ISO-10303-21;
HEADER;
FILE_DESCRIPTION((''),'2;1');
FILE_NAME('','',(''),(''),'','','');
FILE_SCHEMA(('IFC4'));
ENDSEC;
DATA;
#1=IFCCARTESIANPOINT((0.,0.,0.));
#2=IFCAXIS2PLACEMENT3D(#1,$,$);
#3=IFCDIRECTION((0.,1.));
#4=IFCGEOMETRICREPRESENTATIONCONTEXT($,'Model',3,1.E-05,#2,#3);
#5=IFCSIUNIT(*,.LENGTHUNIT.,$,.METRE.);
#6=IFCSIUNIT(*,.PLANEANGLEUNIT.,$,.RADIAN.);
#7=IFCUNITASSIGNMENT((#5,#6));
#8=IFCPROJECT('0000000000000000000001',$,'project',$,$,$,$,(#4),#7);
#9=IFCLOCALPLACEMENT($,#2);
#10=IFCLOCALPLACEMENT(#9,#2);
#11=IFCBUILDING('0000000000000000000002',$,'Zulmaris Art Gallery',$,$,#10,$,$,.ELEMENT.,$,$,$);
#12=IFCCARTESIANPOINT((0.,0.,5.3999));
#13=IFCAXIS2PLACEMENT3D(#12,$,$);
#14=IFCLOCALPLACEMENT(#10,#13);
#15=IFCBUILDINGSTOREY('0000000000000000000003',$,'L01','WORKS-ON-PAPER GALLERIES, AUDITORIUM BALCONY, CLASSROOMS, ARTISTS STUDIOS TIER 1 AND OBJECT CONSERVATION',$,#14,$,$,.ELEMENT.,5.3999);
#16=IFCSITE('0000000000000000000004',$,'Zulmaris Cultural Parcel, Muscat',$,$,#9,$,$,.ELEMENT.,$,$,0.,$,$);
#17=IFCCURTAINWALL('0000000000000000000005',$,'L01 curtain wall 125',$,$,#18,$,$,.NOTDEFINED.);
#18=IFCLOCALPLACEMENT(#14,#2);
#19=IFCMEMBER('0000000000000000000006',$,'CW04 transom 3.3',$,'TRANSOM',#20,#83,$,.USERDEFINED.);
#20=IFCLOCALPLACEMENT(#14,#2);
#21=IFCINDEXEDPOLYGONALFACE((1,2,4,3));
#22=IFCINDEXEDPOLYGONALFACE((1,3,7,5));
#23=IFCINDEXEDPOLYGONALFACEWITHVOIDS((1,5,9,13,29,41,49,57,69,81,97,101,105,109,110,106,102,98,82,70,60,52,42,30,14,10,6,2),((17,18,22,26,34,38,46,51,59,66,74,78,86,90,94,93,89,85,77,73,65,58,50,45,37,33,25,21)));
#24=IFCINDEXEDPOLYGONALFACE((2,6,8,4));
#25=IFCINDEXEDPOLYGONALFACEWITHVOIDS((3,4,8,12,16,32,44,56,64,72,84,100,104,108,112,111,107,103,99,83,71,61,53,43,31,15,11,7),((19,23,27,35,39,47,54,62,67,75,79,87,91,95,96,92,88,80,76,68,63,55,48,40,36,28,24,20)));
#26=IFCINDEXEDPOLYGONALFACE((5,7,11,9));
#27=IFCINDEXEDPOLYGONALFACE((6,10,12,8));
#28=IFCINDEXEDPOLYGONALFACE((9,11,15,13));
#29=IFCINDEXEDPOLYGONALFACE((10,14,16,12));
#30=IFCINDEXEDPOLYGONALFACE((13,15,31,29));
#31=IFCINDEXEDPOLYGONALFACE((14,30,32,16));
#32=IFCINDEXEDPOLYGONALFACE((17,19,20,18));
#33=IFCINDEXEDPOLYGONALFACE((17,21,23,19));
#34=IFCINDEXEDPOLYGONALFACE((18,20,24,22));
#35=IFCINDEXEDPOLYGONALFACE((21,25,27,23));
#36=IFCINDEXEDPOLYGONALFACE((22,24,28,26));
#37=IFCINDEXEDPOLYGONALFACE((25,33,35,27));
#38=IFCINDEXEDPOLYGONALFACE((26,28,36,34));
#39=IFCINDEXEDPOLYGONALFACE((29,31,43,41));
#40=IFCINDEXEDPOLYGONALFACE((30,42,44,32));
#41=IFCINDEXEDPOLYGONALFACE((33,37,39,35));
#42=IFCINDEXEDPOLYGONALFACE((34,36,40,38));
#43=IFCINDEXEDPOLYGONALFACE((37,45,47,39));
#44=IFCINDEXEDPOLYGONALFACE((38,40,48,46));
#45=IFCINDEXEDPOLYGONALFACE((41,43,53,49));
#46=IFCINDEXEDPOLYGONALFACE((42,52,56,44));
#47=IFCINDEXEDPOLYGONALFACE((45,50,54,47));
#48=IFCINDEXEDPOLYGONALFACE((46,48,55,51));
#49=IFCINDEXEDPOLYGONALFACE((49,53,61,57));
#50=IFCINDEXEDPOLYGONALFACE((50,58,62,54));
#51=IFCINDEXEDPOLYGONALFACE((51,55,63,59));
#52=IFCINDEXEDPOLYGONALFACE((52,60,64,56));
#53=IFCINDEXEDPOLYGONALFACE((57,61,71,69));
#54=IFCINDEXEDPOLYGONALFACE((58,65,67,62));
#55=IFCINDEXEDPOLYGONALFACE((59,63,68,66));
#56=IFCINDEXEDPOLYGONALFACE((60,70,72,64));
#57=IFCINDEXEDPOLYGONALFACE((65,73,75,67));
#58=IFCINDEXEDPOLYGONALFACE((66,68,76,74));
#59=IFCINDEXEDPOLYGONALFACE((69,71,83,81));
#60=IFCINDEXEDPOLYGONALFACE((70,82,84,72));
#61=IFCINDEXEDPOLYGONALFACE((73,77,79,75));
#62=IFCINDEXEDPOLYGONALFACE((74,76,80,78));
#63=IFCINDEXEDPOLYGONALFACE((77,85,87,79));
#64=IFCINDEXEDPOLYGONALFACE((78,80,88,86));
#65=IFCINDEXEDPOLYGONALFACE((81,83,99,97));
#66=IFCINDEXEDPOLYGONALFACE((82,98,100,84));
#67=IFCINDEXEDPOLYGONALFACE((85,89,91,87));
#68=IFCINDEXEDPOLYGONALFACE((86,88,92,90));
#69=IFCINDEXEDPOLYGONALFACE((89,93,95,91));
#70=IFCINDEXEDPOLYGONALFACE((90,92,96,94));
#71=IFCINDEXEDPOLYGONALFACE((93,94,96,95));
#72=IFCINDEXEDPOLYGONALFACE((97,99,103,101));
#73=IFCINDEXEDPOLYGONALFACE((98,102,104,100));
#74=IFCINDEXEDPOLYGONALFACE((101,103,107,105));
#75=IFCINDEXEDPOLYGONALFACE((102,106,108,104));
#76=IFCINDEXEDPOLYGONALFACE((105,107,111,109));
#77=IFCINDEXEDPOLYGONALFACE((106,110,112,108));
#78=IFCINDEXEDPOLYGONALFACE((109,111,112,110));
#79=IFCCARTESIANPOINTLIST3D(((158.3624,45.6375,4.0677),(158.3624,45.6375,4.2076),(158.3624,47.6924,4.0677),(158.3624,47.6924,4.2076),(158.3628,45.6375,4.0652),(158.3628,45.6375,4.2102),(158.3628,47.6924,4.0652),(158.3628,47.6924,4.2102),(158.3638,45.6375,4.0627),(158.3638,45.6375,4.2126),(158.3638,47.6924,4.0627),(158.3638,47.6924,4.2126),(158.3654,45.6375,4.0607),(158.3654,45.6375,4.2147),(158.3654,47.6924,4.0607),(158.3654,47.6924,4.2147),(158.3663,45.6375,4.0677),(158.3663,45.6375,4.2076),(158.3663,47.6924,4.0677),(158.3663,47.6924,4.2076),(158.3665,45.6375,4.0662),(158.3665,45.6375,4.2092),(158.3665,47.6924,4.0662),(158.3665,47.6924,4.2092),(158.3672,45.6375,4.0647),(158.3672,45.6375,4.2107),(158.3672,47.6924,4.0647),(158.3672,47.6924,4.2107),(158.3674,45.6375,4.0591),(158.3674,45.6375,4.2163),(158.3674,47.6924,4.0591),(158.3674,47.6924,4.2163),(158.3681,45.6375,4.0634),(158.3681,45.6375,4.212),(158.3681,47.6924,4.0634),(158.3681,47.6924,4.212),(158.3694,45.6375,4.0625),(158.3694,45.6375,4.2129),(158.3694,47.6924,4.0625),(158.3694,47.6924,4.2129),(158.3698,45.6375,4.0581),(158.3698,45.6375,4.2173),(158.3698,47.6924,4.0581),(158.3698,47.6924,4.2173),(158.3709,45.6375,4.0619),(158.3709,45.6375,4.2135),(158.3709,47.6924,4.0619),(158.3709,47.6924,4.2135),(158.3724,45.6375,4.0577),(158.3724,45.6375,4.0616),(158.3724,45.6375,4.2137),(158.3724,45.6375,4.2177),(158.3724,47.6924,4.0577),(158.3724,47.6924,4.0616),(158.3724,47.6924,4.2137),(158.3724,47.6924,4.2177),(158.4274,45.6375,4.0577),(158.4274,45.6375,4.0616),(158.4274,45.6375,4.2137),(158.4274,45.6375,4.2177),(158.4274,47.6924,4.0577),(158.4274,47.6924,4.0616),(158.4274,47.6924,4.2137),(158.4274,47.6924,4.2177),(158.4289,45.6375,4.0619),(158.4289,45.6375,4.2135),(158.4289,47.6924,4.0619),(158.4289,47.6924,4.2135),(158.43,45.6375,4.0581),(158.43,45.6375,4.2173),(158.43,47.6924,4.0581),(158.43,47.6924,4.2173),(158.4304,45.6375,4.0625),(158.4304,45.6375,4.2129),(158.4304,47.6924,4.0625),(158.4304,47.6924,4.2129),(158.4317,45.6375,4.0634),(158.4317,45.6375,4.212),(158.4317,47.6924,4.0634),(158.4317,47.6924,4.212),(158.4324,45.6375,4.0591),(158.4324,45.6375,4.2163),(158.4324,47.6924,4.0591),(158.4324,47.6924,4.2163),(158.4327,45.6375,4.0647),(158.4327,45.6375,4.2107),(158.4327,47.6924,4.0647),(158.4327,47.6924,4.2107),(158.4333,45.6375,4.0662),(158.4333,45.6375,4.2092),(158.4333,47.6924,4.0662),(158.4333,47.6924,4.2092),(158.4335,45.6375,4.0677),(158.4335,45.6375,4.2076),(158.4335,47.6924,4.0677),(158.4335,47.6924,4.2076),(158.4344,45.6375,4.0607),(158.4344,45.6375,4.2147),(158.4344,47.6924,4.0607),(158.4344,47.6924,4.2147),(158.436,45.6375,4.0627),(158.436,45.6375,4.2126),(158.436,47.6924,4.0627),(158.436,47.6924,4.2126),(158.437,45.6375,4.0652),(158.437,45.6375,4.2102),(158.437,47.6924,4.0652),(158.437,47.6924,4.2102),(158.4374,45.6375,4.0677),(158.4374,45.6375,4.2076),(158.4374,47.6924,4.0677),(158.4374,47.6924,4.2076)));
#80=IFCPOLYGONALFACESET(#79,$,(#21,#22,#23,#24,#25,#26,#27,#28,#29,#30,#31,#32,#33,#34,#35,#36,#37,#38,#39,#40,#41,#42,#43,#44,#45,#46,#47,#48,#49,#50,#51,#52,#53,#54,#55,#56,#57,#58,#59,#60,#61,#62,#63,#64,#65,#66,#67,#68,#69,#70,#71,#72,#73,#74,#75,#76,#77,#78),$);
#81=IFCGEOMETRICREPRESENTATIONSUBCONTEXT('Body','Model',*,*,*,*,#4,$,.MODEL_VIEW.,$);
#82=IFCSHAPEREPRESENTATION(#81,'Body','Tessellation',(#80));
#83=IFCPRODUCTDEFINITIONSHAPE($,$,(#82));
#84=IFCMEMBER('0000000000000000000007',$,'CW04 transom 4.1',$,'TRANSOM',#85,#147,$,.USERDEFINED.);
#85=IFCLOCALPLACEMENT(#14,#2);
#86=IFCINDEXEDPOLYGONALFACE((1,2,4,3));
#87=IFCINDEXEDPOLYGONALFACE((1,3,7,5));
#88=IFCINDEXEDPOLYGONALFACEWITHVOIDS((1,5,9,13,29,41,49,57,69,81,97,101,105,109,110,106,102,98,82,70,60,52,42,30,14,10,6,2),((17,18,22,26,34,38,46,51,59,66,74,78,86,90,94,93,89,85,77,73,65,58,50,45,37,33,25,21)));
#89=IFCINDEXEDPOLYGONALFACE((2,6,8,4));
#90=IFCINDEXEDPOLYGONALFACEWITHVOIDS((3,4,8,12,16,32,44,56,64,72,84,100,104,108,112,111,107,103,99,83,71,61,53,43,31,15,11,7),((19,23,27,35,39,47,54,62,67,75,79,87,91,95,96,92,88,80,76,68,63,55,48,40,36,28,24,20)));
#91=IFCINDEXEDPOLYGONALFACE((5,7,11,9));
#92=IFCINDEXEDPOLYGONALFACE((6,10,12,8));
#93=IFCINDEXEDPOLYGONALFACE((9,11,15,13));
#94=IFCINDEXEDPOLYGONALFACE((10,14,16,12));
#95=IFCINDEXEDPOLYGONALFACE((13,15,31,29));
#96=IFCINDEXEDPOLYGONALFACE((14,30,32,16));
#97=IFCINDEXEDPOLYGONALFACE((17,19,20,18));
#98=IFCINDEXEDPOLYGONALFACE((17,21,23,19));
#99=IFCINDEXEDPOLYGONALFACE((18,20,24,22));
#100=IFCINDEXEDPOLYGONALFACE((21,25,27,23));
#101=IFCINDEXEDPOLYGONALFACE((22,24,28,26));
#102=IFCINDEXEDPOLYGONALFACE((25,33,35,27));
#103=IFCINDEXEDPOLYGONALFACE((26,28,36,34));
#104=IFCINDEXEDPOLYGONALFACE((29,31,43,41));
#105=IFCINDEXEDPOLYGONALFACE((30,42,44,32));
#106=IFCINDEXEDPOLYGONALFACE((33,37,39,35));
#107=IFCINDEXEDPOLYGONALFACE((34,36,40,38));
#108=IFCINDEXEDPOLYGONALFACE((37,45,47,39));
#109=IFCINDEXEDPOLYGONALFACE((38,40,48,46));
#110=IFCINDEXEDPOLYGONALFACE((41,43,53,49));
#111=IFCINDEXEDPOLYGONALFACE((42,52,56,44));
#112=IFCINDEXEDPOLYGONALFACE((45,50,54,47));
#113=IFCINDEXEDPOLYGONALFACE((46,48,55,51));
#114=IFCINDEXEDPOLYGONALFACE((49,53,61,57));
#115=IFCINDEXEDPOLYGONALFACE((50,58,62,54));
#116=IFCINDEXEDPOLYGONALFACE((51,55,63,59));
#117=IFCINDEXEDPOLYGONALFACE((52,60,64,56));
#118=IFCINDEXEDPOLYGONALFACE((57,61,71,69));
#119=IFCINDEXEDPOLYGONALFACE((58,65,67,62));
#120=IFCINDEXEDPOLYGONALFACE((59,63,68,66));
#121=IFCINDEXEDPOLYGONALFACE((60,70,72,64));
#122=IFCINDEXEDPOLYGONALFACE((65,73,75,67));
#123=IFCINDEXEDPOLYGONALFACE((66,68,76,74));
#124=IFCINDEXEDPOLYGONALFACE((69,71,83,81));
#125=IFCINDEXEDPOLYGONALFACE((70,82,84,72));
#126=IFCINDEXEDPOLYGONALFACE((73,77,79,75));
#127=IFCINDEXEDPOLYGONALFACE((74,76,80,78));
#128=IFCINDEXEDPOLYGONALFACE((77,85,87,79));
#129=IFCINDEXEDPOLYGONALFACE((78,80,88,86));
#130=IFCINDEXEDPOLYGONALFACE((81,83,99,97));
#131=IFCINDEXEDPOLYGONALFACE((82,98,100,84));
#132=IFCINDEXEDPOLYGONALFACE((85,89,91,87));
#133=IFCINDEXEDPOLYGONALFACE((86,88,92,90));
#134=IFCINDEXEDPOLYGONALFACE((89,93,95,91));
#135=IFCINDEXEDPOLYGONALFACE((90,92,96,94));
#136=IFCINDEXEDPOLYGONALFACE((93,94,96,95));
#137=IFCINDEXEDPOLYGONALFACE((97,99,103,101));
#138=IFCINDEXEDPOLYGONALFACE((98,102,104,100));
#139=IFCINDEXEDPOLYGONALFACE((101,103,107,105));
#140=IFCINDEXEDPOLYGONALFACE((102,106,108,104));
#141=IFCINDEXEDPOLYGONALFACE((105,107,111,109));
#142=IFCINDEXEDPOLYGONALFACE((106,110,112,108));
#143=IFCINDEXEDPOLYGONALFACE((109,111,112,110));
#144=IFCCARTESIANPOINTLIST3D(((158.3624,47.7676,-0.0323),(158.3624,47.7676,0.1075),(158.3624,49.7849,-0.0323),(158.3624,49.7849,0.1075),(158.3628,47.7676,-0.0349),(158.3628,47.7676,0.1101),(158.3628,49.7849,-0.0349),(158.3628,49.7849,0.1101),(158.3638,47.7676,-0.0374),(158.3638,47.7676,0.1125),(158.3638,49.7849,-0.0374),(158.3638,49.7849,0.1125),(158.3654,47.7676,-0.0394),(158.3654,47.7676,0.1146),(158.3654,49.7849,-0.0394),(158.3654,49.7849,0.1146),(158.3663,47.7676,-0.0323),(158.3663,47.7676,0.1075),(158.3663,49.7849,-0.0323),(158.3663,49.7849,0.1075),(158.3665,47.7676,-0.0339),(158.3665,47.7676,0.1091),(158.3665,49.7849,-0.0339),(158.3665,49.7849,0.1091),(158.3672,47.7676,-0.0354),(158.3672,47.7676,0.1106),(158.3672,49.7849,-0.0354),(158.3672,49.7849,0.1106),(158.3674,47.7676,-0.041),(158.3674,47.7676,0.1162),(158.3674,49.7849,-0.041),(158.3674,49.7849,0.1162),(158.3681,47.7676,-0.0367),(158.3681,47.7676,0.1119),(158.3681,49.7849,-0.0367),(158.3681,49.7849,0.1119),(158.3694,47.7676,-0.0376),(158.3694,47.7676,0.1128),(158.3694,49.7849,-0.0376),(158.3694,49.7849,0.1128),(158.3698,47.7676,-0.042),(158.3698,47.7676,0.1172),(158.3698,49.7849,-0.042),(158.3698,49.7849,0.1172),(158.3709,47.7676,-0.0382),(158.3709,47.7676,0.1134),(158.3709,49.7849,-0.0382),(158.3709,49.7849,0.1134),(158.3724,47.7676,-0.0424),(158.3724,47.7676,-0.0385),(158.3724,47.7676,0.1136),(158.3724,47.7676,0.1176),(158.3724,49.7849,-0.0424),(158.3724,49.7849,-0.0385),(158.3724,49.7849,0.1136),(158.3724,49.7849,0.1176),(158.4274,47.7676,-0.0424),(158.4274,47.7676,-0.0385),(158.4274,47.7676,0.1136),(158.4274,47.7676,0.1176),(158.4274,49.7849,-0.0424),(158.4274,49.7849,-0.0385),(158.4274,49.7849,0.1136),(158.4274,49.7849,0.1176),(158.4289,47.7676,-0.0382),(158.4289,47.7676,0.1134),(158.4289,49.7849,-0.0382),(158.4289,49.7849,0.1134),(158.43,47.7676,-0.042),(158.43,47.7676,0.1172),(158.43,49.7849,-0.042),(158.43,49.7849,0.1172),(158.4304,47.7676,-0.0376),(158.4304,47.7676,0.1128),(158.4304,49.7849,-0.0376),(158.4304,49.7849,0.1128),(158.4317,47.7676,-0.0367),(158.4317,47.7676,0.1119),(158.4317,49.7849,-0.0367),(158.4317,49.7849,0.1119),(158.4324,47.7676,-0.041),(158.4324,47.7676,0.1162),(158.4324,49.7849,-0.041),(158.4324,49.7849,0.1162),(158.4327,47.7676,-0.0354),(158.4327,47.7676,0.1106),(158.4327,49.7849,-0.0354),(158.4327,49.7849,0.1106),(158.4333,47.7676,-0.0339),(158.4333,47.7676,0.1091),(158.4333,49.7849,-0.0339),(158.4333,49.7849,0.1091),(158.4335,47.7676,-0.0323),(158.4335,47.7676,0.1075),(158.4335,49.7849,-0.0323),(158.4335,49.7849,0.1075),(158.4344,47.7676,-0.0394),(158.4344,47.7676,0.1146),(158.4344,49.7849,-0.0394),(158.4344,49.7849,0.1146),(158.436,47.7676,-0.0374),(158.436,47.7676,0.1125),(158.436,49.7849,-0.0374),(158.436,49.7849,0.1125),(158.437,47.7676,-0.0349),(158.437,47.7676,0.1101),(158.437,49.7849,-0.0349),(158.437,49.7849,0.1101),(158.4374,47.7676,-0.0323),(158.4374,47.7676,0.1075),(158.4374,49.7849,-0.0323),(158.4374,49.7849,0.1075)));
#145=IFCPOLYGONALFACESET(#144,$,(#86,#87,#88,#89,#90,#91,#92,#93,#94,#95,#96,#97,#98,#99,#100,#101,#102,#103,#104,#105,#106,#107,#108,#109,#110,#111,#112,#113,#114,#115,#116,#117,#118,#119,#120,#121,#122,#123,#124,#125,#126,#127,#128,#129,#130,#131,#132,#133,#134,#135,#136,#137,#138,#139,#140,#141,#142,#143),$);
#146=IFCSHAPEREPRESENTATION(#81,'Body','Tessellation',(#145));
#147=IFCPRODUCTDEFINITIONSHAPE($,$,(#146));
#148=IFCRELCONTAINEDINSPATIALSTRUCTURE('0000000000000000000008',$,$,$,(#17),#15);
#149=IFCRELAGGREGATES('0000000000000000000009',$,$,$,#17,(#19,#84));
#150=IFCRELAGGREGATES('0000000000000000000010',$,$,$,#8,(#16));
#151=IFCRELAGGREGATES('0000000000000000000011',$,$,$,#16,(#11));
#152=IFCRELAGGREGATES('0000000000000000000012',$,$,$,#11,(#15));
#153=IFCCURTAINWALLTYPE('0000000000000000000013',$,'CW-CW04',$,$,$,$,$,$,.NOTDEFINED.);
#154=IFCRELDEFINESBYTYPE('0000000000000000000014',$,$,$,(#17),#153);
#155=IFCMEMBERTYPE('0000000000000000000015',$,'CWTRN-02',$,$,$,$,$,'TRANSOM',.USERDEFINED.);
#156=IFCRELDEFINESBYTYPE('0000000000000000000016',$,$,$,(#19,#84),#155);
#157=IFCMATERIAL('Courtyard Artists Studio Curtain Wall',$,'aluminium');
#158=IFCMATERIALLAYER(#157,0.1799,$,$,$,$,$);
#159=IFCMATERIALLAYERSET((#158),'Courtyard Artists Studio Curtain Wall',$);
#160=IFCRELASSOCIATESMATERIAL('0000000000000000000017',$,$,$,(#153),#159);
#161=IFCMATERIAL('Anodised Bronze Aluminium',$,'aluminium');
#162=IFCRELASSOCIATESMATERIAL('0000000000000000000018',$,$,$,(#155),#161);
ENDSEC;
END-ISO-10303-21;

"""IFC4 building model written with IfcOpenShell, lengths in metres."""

from ifc_helpers import new_model, si_unit, direction, frame, origin, origin_2d, place, context, subcontext, project, spatial, hollow_rectangle, extrude, material, layer, layer_set, material_profile, profile_set, type_object, element, aggregate, save


model = new_model("IFC4")

# Units and contexts
model_context = context("Model", 3, precision=1e-05, world=origin(), true_north=direction((0.0, 1.0)))
body_context = subcontext(model_context, "Body", "Model", "MODEL_VIEW")
ifc_project = project(units=[si_unit("LENGTHUNIT", "METRE"), si_unit("PLANEANGLEUNIT", "RADIAN")], contexts=[model_context])

# Site, building, storey
site_placement = place(None, origin())
site = spatial("IfcSite", under=ifc_project, at=site_placement, Name="Zulmaris Cultural Parcel, Muscat", CompositionType="ELEMENT", RefElevation=0.0)
building_placement = place(site_placement, origin())
building = spatial("IfcBuilding", under=site, at=building_placement, Name="Zulmaris Art Gallery", CompositionType="ELEMENT")
storey_placement = place(building_placement, frame((0.0, 0.0, 5.3999)))
storey = spatial("IfcBuildingStorey", under=building, at=storey_placement, Name="L01", Description="WORKS-ON-PAPER GALLERIES, AUDITORIUM BALCONY, CLASSROOMS, ARTISTS STUDIOS TIER 1 AND OBJECT CONSERVATION", CompositionType="ELEMENT", Elevation=5.3999)

# Curtain wall
ifc_material_1 = material(Name="Courtyard Artists Studio Curtain Wall", Category="aluminium")
ifc_layer_1 = layer(ifc_material_1, 0.1799)
ifc_layer_set_1 = layer_set([ifc_layer_1], Name="Courtyard Artists Studio Curtain Wall")
curtain_wall_type = type_object("IfcCurtainWallType", Name="CW-CW04", PredefinedType="NOTDEFINED", material=ifc_layer_set_1)
curtain_wall_1_placement = place(storey_placement, origin())
curtain_wall_1 = element("IfcCurtainWall", 1, at=curtain_wall_1_placement, inside=storey, type_object=curtain_wall_type, Name="L01 curtain wall 125", PredefinedType="NOTDEFINED")
ifc_material_2 = material(Name="Anodised Bronze Aluminium", Category="aluminium")

# Members
ifc_material_profile_1 = material_profile(ifc_material_2, hollow_rectangle(XDim=0.075, YDim=0.1599, WallThickness=0.0039, InnerFilletRadius=0.0061, OuterFilletRadius=0.01, at=origin_2d()), Name="ALU 75x160x4")
ifc_profile_set_1 = profile_set([ifc_material_profile_1], Name="Anodised Bronze Aluminium")
member_type_1 = type_object("IfcMemberType", Name="CWTRN-02", ElementType="TRANSOM", PredefinedType="USERDEFINED", material=ifc_profile_set_1)
member_1_placement = place(storey_placement, frame((158.3999, 45.6375, 4.1377), z_axis=(0.0, 1.0, 0.0), x_axis=(-1.0, 0.0, 0.0)))
member_1 = element("IfcMember", 2, at=member_1_placement, type_object=member_type_1, Name="CW04 transom 3.3", ObjectType="TRANSOM", PredefinedType="USERDEFINED", context=body_context, shape_type="SweptSolid", body=[
    extrude(hollow_rectangle(XDim=0.075, YDim=0.1599, WallThickness=0.0039, InnerFilletRadius=0.0061, OuterFilletRadius=0.01, at=origin_2d()), origin(), (0.0, 0.0, 1.0), 2.0549),
])
member_2_placement = place(storey_placement, frame((158.3999, 47.7676, 0.0376), z_axis=(0.0, 1.0, 0.0), x_axis=(-1.0, 0.0, 0.0)))
member_2 = element("IfcMember", 3, at=member_2_placement, type_object=member_type_1, Name="CW04 transom 4.1", ObjectType="TRANSOM", PredefinedType="USERDEFINED", context=body_context, shape_type="SweptSolid", body=[
    extrude(hollow_rectangle(XDim=0.075, YDim=0.1599, WallThickness=0.0039, InnerFilletRadius=0.0061, OuterFilletRadius=0.01, at=origin_2d()), origin(), (0.0, 0.0, 1.0), 2.0173),
])

aggregate(curtain_wall_1, [member_1, member_2])

save(model, "model.ifc")
